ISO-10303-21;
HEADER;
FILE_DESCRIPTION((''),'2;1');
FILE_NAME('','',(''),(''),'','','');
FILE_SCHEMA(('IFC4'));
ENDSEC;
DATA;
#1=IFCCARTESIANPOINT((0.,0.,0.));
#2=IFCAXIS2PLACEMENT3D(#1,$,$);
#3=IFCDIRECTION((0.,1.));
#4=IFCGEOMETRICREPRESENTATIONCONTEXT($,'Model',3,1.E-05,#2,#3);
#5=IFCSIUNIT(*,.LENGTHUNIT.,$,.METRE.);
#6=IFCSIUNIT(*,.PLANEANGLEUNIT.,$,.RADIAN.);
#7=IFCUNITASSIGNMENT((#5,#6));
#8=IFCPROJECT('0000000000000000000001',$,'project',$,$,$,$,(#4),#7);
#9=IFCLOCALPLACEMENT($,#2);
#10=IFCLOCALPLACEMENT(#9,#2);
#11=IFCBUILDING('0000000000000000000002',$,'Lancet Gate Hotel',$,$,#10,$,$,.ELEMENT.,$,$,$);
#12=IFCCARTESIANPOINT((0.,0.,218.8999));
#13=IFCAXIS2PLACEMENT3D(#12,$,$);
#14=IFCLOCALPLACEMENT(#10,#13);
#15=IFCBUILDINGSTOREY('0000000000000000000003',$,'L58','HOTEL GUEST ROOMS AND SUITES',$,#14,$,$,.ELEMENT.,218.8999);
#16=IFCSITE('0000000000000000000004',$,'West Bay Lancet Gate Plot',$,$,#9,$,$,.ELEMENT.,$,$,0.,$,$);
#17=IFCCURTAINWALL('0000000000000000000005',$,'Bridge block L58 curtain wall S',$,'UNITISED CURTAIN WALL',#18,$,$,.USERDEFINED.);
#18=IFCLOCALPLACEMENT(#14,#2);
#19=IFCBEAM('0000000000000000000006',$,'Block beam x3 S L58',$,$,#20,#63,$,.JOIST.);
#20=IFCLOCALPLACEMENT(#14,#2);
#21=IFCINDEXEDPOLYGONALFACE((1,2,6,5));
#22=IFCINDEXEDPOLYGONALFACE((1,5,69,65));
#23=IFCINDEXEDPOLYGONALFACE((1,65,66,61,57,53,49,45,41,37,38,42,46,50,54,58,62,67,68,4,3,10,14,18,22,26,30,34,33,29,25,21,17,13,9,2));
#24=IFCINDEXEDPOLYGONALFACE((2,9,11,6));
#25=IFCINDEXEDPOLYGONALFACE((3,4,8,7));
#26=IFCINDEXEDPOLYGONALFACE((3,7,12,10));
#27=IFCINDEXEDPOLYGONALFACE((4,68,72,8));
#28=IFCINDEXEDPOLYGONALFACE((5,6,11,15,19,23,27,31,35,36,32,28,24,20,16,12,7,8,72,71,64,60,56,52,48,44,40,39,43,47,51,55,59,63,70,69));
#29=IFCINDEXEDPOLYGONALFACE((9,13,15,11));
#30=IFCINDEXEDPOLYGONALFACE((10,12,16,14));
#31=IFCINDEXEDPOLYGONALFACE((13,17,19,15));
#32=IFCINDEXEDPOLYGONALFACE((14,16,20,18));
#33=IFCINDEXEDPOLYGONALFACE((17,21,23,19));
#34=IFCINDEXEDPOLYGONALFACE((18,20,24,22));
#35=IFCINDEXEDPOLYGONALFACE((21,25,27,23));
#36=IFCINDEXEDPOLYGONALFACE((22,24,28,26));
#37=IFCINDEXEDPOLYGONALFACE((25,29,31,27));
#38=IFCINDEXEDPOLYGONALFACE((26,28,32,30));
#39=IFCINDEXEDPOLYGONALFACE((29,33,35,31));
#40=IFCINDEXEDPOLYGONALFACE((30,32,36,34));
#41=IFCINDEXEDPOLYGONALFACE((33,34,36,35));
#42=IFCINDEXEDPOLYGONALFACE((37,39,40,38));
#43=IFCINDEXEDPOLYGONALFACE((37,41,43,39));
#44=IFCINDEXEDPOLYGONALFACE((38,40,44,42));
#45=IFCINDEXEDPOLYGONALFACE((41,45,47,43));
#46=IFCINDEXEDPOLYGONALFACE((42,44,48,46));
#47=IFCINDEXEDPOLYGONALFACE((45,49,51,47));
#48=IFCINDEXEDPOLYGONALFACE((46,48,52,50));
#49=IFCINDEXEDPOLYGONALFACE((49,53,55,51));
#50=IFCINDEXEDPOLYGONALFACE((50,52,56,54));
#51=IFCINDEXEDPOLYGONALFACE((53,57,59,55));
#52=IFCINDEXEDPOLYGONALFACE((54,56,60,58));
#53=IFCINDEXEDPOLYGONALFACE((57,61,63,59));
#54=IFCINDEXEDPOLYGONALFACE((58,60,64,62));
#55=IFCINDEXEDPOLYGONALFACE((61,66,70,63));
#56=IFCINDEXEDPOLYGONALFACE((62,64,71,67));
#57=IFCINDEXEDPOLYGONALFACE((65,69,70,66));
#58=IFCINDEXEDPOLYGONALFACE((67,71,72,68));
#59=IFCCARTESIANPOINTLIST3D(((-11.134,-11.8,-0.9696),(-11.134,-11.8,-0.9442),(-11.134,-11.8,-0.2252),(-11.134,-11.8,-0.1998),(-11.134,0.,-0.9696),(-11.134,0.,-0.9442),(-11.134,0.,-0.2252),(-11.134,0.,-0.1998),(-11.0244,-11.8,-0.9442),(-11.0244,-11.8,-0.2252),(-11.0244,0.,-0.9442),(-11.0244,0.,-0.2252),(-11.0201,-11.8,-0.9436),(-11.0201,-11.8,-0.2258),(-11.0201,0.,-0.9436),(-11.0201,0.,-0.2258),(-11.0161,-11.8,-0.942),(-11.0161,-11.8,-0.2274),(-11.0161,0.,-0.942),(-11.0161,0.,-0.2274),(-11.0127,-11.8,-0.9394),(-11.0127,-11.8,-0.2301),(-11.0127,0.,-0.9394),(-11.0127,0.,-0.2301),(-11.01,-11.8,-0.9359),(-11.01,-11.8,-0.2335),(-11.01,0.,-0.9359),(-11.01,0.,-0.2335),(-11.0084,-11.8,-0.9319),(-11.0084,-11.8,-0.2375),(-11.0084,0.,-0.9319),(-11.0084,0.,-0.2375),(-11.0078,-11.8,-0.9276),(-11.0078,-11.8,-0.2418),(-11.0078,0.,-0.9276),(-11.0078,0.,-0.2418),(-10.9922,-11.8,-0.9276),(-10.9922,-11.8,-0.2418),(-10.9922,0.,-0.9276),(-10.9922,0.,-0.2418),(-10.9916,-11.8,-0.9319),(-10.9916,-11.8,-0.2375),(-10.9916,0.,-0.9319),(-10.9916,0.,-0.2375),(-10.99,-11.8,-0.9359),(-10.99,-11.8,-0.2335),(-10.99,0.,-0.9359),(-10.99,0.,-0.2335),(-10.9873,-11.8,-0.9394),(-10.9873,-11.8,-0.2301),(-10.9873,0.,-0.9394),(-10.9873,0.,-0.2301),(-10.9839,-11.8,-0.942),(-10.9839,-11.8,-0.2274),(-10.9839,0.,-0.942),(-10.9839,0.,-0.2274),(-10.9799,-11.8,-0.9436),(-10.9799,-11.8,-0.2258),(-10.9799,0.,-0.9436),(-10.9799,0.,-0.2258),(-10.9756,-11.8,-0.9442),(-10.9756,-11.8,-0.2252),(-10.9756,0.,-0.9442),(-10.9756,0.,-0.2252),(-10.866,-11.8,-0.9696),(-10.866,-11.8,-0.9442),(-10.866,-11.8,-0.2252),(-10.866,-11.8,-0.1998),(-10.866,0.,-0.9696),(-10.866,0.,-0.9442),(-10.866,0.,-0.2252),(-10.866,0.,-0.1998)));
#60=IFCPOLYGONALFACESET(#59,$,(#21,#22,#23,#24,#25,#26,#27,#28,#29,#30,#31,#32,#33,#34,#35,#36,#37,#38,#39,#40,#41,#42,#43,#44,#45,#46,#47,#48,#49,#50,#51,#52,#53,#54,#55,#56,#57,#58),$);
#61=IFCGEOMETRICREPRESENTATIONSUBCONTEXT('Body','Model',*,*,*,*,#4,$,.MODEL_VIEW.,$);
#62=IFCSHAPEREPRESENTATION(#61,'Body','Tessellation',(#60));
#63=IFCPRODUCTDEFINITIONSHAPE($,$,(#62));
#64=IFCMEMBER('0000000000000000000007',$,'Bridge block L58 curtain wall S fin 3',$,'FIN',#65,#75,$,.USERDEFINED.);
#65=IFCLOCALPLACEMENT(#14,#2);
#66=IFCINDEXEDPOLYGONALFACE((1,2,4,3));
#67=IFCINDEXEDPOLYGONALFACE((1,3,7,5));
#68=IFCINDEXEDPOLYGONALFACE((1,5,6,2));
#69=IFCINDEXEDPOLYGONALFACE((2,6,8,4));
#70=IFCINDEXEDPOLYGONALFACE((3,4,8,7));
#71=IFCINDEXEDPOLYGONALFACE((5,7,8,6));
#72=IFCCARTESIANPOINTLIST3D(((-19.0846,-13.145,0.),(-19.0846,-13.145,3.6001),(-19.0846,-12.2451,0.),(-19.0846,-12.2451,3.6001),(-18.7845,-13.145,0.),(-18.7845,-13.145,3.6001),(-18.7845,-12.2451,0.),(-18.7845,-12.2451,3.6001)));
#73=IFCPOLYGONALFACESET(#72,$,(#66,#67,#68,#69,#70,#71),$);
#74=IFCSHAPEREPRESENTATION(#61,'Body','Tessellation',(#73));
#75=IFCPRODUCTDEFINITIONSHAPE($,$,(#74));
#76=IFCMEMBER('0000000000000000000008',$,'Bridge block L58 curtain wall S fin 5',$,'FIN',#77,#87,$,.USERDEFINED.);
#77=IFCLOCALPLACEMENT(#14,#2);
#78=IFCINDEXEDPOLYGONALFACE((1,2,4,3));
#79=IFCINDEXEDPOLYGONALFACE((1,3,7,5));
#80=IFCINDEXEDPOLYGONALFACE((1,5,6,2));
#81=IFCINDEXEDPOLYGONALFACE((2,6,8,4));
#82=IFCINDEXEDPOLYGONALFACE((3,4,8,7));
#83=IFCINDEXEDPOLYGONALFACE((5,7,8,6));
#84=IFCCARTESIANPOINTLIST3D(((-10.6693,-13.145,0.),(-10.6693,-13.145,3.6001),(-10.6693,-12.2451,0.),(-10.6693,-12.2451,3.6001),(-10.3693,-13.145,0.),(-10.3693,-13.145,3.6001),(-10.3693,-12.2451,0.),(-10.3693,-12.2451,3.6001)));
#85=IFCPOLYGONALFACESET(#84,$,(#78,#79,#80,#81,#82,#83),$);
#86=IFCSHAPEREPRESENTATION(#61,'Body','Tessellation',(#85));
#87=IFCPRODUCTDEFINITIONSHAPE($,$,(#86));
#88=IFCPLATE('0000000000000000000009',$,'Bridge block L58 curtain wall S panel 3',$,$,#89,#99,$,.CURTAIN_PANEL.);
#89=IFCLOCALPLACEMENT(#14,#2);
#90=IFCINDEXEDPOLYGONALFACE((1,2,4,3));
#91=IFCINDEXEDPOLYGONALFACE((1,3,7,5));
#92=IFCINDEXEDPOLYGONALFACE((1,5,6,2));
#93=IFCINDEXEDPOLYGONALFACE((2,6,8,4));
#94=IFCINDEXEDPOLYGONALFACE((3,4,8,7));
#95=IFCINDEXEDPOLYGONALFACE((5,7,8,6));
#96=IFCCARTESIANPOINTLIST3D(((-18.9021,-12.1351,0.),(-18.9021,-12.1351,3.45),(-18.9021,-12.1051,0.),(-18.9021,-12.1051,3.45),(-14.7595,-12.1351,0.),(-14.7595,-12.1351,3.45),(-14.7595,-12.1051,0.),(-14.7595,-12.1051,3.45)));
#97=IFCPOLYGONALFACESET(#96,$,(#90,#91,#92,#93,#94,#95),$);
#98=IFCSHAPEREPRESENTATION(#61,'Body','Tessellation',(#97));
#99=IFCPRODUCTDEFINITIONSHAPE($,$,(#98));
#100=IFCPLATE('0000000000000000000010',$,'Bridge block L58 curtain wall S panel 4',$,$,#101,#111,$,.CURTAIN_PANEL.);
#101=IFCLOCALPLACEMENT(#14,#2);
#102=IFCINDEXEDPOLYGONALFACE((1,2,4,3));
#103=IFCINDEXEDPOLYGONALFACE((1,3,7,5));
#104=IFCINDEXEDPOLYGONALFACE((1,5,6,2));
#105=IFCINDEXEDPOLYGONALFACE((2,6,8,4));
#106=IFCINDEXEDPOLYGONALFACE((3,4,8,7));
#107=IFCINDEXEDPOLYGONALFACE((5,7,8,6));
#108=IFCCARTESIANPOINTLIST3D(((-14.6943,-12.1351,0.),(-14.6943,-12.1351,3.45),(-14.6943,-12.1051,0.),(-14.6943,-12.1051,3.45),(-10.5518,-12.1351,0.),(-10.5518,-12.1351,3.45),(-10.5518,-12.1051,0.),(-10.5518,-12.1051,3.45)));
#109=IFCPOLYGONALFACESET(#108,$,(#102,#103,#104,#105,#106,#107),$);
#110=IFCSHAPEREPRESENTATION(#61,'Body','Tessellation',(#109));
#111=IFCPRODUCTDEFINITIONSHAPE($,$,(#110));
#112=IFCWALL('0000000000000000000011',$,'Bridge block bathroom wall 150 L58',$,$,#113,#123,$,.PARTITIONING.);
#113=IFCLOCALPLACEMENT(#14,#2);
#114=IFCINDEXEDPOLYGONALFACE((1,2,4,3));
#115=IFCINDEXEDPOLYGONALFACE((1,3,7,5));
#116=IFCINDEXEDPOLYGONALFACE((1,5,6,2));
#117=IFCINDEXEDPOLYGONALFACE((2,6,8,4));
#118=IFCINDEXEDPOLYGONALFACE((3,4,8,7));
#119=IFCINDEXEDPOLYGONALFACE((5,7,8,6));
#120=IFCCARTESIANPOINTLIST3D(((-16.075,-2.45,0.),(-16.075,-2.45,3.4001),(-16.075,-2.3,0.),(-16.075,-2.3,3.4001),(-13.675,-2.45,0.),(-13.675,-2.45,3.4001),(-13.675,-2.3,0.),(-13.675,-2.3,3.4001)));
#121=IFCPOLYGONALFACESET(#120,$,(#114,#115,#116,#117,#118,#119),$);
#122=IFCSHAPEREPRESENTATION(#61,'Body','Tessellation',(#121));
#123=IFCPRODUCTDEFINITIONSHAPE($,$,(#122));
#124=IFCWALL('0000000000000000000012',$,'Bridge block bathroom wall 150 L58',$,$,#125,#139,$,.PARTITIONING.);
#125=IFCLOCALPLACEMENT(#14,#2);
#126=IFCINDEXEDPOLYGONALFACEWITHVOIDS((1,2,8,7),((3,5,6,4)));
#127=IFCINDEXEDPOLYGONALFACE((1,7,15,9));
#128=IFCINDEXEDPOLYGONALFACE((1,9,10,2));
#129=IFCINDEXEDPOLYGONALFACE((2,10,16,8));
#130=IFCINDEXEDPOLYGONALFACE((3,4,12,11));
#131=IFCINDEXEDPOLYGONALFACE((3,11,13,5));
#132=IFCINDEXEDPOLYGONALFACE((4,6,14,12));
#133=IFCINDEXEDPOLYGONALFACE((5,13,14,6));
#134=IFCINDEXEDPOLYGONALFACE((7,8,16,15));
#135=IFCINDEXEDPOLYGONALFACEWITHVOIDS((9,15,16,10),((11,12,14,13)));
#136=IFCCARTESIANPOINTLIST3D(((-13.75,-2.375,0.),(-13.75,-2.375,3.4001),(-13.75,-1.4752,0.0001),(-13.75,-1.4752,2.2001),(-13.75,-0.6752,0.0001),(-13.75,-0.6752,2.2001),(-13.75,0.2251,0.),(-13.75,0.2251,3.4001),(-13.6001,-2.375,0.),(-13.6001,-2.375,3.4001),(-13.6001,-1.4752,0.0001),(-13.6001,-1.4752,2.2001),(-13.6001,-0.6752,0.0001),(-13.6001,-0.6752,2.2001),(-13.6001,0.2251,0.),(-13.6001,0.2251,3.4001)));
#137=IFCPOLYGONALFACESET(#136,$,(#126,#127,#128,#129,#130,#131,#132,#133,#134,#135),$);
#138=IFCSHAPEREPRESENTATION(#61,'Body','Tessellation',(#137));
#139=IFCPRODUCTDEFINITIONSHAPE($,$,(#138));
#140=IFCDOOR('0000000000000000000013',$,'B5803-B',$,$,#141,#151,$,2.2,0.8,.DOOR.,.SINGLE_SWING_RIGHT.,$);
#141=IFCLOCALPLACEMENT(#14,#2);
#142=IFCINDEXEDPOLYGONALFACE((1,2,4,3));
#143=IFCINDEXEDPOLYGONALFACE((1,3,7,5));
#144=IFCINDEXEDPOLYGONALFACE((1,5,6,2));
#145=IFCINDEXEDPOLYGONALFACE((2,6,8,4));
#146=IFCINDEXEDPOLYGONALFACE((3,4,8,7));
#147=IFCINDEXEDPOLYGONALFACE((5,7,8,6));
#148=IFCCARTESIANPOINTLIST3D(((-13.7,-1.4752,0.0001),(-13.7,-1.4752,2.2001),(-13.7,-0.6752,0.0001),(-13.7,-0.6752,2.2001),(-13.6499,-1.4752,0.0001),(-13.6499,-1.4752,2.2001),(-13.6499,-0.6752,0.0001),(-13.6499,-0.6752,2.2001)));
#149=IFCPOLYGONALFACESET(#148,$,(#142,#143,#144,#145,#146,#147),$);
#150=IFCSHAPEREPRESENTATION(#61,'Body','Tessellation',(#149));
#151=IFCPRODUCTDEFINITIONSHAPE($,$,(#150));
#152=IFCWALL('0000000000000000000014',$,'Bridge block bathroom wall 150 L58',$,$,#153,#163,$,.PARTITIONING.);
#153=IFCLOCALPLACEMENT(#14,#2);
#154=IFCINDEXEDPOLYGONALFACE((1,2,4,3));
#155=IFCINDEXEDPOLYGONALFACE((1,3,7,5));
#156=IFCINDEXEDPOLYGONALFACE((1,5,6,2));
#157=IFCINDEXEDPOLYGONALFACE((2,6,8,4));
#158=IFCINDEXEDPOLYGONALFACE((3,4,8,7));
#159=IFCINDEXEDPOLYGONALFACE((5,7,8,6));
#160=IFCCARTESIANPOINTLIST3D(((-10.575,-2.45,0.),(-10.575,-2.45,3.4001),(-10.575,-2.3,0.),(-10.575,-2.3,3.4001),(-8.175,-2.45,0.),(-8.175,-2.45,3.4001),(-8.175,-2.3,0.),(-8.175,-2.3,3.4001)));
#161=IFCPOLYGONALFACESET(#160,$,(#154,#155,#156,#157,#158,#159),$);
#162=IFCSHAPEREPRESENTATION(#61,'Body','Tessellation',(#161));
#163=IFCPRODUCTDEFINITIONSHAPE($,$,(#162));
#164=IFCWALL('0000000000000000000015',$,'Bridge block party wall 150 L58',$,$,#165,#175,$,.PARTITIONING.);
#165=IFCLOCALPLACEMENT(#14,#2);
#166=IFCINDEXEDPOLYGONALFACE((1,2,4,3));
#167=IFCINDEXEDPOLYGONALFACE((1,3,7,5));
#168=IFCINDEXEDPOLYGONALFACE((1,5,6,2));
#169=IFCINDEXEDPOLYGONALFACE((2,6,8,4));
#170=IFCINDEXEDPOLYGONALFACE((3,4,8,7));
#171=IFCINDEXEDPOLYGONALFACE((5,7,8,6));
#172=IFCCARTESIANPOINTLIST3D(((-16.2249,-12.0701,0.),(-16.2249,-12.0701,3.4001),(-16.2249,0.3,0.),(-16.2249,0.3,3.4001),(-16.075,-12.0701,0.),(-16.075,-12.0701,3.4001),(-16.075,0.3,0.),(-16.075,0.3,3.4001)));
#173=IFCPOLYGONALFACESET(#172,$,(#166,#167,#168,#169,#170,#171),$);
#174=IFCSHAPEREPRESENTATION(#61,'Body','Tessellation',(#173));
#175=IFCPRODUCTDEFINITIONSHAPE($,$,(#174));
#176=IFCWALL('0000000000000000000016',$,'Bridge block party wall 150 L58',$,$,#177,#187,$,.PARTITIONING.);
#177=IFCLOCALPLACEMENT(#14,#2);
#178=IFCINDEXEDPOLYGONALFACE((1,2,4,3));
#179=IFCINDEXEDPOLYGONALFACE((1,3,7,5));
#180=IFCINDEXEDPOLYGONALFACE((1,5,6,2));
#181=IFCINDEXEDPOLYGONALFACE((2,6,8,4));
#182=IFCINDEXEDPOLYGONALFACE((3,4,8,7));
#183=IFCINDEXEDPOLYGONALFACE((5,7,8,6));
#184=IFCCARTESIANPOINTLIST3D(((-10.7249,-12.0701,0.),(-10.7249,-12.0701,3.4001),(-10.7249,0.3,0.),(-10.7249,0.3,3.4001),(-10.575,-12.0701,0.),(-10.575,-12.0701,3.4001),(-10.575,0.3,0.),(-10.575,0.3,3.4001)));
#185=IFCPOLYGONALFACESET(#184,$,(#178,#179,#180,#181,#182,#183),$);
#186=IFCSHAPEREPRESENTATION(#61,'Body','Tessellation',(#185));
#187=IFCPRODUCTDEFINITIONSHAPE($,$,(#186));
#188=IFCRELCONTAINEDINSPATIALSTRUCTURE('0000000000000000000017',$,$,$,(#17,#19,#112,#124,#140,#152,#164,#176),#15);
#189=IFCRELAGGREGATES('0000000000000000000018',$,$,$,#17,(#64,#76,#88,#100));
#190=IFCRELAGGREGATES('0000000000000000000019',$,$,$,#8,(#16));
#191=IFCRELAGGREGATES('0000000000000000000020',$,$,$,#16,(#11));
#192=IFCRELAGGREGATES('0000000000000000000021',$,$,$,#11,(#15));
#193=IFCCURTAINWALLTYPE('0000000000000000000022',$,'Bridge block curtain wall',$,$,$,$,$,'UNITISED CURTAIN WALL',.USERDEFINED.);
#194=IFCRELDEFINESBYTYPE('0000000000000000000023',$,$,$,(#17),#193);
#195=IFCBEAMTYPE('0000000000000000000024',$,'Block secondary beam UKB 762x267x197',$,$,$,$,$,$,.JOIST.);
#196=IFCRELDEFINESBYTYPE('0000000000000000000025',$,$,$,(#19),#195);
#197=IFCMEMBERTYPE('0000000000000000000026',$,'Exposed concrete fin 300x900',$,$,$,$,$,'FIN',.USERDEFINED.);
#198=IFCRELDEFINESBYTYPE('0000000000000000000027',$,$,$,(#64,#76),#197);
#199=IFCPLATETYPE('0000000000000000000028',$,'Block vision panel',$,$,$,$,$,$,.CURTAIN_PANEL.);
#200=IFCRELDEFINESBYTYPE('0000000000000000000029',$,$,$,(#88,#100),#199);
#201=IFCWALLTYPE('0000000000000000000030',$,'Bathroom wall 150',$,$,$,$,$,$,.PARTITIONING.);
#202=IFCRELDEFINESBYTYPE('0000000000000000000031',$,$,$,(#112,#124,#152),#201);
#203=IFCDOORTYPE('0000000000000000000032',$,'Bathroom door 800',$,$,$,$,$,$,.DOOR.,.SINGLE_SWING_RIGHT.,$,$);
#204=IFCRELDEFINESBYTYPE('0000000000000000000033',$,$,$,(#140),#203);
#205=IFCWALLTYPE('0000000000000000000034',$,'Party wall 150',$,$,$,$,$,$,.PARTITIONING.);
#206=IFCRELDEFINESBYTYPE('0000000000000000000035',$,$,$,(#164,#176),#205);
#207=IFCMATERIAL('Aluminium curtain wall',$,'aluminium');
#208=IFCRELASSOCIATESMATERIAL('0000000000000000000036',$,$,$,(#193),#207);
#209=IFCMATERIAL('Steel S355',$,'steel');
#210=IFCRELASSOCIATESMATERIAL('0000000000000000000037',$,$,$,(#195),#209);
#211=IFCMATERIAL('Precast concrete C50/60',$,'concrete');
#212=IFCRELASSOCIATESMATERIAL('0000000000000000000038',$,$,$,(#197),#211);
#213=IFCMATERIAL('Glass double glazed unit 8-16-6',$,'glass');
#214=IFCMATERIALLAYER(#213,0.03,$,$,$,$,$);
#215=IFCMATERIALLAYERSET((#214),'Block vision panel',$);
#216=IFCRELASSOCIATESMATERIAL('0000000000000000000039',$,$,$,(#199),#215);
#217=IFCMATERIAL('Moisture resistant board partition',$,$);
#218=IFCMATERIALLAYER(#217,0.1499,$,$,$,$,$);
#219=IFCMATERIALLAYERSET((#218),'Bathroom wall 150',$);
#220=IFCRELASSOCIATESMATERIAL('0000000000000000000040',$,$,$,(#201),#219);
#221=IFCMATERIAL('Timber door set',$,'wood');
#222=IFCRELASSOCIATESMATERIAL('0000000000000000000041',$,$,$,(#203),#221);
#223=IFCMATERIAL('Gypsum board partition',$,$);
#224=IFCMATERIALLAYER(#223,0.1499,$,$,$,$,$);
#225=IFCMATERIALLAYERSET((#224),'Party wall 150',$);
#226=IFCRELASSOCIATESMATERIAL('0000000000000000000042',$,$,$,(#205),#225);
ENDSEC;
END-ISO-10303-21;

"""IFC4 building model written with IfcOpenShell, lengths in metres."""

from ifc_helpers import new_model, si_unit, direction, frame, frame_2d, origin, origin_2d, place, context, subcontext, project, spatial, rectangle, i_section, extrude, material, layer, layer_set, material_profile, profile_set, type_object, element, fill, aggregate, save


model = new_model("IFC4")

# Units and contexts
model_context = context("Model", 3, precision=1e-05, world=origin(), true_north=direction((0.0, 1.0)))
body_context = subcontext(model_context, "Body", "Model", "MODEL_VIEW")
ifc_project = project(units=[si_unit("LENGTHUNIT", "METRE"), si_unit("PLANEANGLEUNIT", "RADIAN")], contexts=[model_context])

# Site, building, storey
site_placement = place(None, origin())
site = spatial("IfcSite", under=ifc_project, at=site_placement, Name="West Bay Lancet Gate Plot", CompositionType="ELEMENT", RefElevation=0.0)
building_placement = place(site_placement, origin())
building = spatial("IfcBuilding", under=site, at=building_placement, Name="Lancet Gate Hotel", CompositionType="ELEMENT")
storey_placement = place(building_placement, frame((0.0, 0.0, 218.8999)))
storey = spatial("IfcBuildingStorey", under=building, at=storey_placement, Name="L58", Description="HOTEL GUEST ROOMS AND SUITES", CompositionType="ELEMENT", Elevation=218.8999)

# Curtain wall
ifc_material_1 = material(Name="Aluminium curtain wall", Category="aluminium")
curtain_wall_type = type_object("IfcCurtainWallType", Name="Bridge block curtain wall", ElementType="UNITISED CURTAIN WALL", PredefinedType="USERDEFINED", material=ifc_material_1)
curtain_wall_placement = place(storey_placement, origin())
curtain_wall = element("IfcCurtainWall", 1, at=curtain_wall_placement, inside=storey, type_object=curtain_wall_type, Name="Bridge block L58 curtain wall S", ObjectType="UNITISED CURTAIN WALL", PredefinedType="USERDEFINED")

# Beam
ifc_material_2 = material(Name="Steel S355", Category="steel")
ifc_material_profile_1 = material_profile(ifc_material_2, i_section(OverallWidth=0.2681, OverallDepth=0.7698, WebThickness=0.0156, FlangeThickness=0.0254, FilletRadius=0.0166, at=origin_2d()), Name="UKB 762x267x197")
ifc_profile_set_1 = profile_set([ifc_material_profile_1], Name="Steel S355")
beam_type_1 = type_object("IfcBeamType", Name="Block secondary beam UKB 762x267x197", PredefinedType="JOIST", material=ifc_profile_set_1)
for number, where, z_axis, x_axis, name in (
    (2, (-11.0, -11.8, -0.5847), (0.0, 1.0, 0.0), (-1.0, 0.0, 0.0), "Block beam x3 S L58"),
):
    element("IfcBeam", number, at=place(storey_placement, frame(where, z_axis=z_axis, x_axis=x_axis)), inside=storey, type_object=beam_type_1, Name=name, PredefinedType="JOIST", context=body_context, shape_type="SweptSolid", body=[
        extrude(i_section(OverallWidth=0.2681, OverallDepth=0.7698, WebThickness=0.0156, FlangeThickness=0.0254, FilletRadius=0.0166, at=origin_2d()), origin(), (0.0, 0.0, 1.0), 11.8),
    ])

# Members
ifc_material_3 = material(Name="Precast concrete C50/60", Category="concrete")
ifc_material_profile_2 = material_profile(ifc_material_3, rectangle(XDim=0.3, YDim=0.8999, at=origin_2d()), Name="FIN 300x900")
ifc_profile_set_2 = profile_set([ifc_material_profile_2], Name="Precast concrete C50/60")
member_type_1 = type_object("IfcMemberType", Name="Exposed concrete fin 300x900", ElementType="FIN", PredefinedType="USERDEFINED", material=ifc_profile_set_2)
member_1_placement = place(storey_placement, frame((-18.9346, -12.6951, 0.0), z_axis=(0.0, 0.0, 1.0), x_axis=(1.0, 0.0, 0.0)))
member_1 = element("IfcMember", 3, at=member_1_placement, type_object=member_type_1, Name="Bridge block L58 curtain wall S fin 3", ObjectType="FIN", PredefinedType="USERDEFINED", context=body_context, shape_type="SweptSolid", body=[
    extrude(rectangle(XDim=0.3, YDim=0.8999, at=origin_2d()), origin(), (0.0, 0.0, 1.0), 3.6001),
])
member_2_placement = place(storey_placement, frame((-10.5193, -12.6951, 0.0), z_axis=(0.0, 0.0, 1.0), x_axis=(1.0, 0.0, 0.0)))
member_2 = element("IfcMember", 4, at=member_2_placement, type_object=member_type_1, Name="Bridge block L58 curtain wall S fin 5", ObjectType="FIN", PredefinedType="USERDEFINED", context=body_context, shape_type="SweptSolid", body=[
    extrude(rectangle(XDim=0.3, YDim=0.8999, at=origin_2d()), origin(), (0.0, 0.0, 1.0), 3.6001),
])

# Plates
ifc_material_4 = material(Name="Glass double glazed unit 8-16-6", Category="glass")
ifc_layer_1 = layer(ifc_material_4, 0.03)
ifc_layer_set_1 = layer_set([ifc_layer_1], Name="Block vision panel")
plate_type = type_object("IfcPlateType", Name="Block vision panel", PredefinedType="CURTAIN_PANEL", material=ifc_layer_set_1)
plate_1_placement = place(storey_placement, frame((-16.8308, -12.1201, 0.0), z_axis=(0.0, 0.0, 1.0), x_axis=(1.0, 0.0, 0.0)))
plate_1 = element("IfcPlate", 5, at=plate_1_placement, type_object=plate_type, Name="Bridge block L58 curtain wall S panel 3", PredefinedType="CURTAIN_PANEL", context=body_context, shape_type="SweptSolid", body=[
    extrude(rectangle(XDim=4.1426, YDim=0.03, at=origin_2d()), origin(), (0.0, 0.0, 1.0), 3.45),
])
plate_2_placement = place(storey_placement, frame((-12.623, -12.1201, 0.0), z_axis=(0.0, 0.0, 1.0), x_axis=(1.0, 0.0, 0.0)))
plate_2 = element("IfcPlate", 6, at=plate_2_placement, type_object=plate_type, Name="Bridge block L58 curtain wall S panel 4", PredefinedType="CURTAIN_PANEL", context=body_context, shape_type="SweptSolid", body=[
    extrude(rectangle(XDim=4.1426, YDim=0.03, at=origin_2d()), origin(), (0.0, 0.0, 1.0), 3.45),
])
aggregate(curtain_wall, [member_1, member_2, plate_1, plate_2])

# Wall
ifc_material_5 = material(Name="Moisture resistant board partition")
ifc_layer_2 = layer(ifc_material_5, 0.1499)
ifc_layer_set_2 = layer_set([ifc_layer_2], Name="Bathroom wall 150")
wall_type_1 = type_object("IfcWallType", Name="Bathroom wall 150", PredefinedType="PARTITIONING", material=ifc_layer_set_2)
wall_1_placement = place(storey_placement, frame((-16.075, -2.375, 0.0), z_axis=(0.0, 0.0, 1.0), x_axis=(1.0, 0.0, 0.0)))
element("IfcWall", 7, at=wall_1_placement, inside=storey, type_object=wall_type_1, Name="Bridge block bathroom wall 150 L58", PredefinedType="PARTITIONING", context=body_context, shape_type="SweptSolid", body=[
    extrude(rectangle(XDim=2.3999, YDim=0.1499, at=frame_2d((1.2, 0.0))), origin(), (0.0, 0.0, 1.0), 3.4001),
])

# Wall, opening, door
wall_2_placement = place(storey_placement, frame((-13.675, -2.375, 0.0), z_axis=(0.0, 0.0, 1.0), x_axis=(0.0, 1.0, 0.0)))
wall_2 = element("IfcWall", 8, at=wall_2_placement, inside=storey, type_object=wall_type_1, Name="Bridge block bathroom wall 150 L58", PredefinedType="PARTITIONING", context=body_context, shape_type="SweptSolid", body=[
    extrude(rectangle(XDim=2.6001, YDim=0.1499, at=frame_2d((1.3, 0.0))), origin(), (0.0, 0.0, 1.0), 3.4001),
])
opening_placement = place(wall_2_placement, frame((0.8999, 0.0, 0.0)))
opening = element("IfcOpeningElement", 9, at=opening_placement, cuts=wall_2, PredefinedType="OPENING", context=body_context, shape_type="SweptSolid", body=[
    extrude(rectangle(XDim=0.8, YDim=2.2, at=frame_2d((0.3999, 1.1001))), frame((0.0, 0.085, 0.0), z_axis=(0.0, -1.0, 0.0), x_axis=(1.0, 0.0, 0.0)), (0.0, 0.0, 1.0), 0.1699),
])
ifc_material_6 = material(Name="Timber door set", Category="wood")
door_type = type_object("IfcDoorType", Name="Bathroom door 800", OperationType="SINGLE_SWING_RIGHT", PredefinedType="DOOR", material=ifc_material_6)
door_placement = place(opening_placement, origin())
door = element("IfcDoor", 10, at=door_placement, inside=storey, type_object=door_type, Name="B5803-B", OperationType="SINGLE_SWING_RIGHT", OverallHeight=2.2, OverallWidth=0.8, PredefinedType="DOOR", context=body_context, shape_type="SweptSolid", body=[
    extrude(rectangle(XDim=0.8, YDim=2.2, at=frame_2d((0.3999, 1.1001))), frame((0.0, 0.0249, 0.0), z_axis=(0.0, -1.0, 0.0), x_axis=(1.0, 0.0, 0.0)), (0.0, 0.0, 1.0), 0.05),
])
fill(opening, door)

# Walls
wall_3_placement = place(storey_placement, frame((-10.575, -2.375, 0.0), z_axis=(0.0, 0.0, 1.0), x_axis=(1.0, 0.0, 0.0)))
element("IfcWall", 11, at=wall_3_placement, inside=storey, type_object=wall_type_1, Name="Bridge block bathroom wall 150 L58", PredefinedType="PARTITIONING", context=body_context, shape_type="SweptSolid", body=[
    extrude(rectangle(XDim=2.3999, YDim=0.1499, at=frame_2d((1.2, 0.0))), origin(), (0.0, 0.0, 1.0), 3.4001),
])
ifc_material_7 = material(Name="Gypsum board partition")
ifc_layer_3 = layer(ifc_material_7, 0.1499)
ifc_layer_set_3 = layer_set([ifc_layer_3], Name="Party wall 150")
wall_type_2 = type_object("IfcWallType", Name="Party wall 150", PredefinedType="PARTITIONING", material=ifc_layer_set_3)
for number, where, z_axis, x_axis, name in (
    (12, (-16.1499, -12.0701, 0.0), (0.0, 0.0, 1.0), (0.0, 1.0, 0.0), "Bridge block party wall 150 L58"),
    (13, (-10.6499, -12.0701, 0.0), (0.0, 0.0, 1.0), (0.0, 1.0, 0.0), "Bridge block party wall 150 L58"),
):
    element("IfcWall", number, at=place(storey_placement, frame(where, z_axis=z_axis, x_axis=x_axis)), inside=storey, type_object=wall_type_2, Name=name, PredefinedType="PARTITIONING", context=body_context, shape_type="SweptSolid", body=[
        extrude(rectangle(XDim=12.3701, YDim=0.1499, at=frame_2d((6.1851, 0.0))), origin(), (0.0, 0.0, 1.0), 3.4001),
    ])

save(model, "model.ifc")
